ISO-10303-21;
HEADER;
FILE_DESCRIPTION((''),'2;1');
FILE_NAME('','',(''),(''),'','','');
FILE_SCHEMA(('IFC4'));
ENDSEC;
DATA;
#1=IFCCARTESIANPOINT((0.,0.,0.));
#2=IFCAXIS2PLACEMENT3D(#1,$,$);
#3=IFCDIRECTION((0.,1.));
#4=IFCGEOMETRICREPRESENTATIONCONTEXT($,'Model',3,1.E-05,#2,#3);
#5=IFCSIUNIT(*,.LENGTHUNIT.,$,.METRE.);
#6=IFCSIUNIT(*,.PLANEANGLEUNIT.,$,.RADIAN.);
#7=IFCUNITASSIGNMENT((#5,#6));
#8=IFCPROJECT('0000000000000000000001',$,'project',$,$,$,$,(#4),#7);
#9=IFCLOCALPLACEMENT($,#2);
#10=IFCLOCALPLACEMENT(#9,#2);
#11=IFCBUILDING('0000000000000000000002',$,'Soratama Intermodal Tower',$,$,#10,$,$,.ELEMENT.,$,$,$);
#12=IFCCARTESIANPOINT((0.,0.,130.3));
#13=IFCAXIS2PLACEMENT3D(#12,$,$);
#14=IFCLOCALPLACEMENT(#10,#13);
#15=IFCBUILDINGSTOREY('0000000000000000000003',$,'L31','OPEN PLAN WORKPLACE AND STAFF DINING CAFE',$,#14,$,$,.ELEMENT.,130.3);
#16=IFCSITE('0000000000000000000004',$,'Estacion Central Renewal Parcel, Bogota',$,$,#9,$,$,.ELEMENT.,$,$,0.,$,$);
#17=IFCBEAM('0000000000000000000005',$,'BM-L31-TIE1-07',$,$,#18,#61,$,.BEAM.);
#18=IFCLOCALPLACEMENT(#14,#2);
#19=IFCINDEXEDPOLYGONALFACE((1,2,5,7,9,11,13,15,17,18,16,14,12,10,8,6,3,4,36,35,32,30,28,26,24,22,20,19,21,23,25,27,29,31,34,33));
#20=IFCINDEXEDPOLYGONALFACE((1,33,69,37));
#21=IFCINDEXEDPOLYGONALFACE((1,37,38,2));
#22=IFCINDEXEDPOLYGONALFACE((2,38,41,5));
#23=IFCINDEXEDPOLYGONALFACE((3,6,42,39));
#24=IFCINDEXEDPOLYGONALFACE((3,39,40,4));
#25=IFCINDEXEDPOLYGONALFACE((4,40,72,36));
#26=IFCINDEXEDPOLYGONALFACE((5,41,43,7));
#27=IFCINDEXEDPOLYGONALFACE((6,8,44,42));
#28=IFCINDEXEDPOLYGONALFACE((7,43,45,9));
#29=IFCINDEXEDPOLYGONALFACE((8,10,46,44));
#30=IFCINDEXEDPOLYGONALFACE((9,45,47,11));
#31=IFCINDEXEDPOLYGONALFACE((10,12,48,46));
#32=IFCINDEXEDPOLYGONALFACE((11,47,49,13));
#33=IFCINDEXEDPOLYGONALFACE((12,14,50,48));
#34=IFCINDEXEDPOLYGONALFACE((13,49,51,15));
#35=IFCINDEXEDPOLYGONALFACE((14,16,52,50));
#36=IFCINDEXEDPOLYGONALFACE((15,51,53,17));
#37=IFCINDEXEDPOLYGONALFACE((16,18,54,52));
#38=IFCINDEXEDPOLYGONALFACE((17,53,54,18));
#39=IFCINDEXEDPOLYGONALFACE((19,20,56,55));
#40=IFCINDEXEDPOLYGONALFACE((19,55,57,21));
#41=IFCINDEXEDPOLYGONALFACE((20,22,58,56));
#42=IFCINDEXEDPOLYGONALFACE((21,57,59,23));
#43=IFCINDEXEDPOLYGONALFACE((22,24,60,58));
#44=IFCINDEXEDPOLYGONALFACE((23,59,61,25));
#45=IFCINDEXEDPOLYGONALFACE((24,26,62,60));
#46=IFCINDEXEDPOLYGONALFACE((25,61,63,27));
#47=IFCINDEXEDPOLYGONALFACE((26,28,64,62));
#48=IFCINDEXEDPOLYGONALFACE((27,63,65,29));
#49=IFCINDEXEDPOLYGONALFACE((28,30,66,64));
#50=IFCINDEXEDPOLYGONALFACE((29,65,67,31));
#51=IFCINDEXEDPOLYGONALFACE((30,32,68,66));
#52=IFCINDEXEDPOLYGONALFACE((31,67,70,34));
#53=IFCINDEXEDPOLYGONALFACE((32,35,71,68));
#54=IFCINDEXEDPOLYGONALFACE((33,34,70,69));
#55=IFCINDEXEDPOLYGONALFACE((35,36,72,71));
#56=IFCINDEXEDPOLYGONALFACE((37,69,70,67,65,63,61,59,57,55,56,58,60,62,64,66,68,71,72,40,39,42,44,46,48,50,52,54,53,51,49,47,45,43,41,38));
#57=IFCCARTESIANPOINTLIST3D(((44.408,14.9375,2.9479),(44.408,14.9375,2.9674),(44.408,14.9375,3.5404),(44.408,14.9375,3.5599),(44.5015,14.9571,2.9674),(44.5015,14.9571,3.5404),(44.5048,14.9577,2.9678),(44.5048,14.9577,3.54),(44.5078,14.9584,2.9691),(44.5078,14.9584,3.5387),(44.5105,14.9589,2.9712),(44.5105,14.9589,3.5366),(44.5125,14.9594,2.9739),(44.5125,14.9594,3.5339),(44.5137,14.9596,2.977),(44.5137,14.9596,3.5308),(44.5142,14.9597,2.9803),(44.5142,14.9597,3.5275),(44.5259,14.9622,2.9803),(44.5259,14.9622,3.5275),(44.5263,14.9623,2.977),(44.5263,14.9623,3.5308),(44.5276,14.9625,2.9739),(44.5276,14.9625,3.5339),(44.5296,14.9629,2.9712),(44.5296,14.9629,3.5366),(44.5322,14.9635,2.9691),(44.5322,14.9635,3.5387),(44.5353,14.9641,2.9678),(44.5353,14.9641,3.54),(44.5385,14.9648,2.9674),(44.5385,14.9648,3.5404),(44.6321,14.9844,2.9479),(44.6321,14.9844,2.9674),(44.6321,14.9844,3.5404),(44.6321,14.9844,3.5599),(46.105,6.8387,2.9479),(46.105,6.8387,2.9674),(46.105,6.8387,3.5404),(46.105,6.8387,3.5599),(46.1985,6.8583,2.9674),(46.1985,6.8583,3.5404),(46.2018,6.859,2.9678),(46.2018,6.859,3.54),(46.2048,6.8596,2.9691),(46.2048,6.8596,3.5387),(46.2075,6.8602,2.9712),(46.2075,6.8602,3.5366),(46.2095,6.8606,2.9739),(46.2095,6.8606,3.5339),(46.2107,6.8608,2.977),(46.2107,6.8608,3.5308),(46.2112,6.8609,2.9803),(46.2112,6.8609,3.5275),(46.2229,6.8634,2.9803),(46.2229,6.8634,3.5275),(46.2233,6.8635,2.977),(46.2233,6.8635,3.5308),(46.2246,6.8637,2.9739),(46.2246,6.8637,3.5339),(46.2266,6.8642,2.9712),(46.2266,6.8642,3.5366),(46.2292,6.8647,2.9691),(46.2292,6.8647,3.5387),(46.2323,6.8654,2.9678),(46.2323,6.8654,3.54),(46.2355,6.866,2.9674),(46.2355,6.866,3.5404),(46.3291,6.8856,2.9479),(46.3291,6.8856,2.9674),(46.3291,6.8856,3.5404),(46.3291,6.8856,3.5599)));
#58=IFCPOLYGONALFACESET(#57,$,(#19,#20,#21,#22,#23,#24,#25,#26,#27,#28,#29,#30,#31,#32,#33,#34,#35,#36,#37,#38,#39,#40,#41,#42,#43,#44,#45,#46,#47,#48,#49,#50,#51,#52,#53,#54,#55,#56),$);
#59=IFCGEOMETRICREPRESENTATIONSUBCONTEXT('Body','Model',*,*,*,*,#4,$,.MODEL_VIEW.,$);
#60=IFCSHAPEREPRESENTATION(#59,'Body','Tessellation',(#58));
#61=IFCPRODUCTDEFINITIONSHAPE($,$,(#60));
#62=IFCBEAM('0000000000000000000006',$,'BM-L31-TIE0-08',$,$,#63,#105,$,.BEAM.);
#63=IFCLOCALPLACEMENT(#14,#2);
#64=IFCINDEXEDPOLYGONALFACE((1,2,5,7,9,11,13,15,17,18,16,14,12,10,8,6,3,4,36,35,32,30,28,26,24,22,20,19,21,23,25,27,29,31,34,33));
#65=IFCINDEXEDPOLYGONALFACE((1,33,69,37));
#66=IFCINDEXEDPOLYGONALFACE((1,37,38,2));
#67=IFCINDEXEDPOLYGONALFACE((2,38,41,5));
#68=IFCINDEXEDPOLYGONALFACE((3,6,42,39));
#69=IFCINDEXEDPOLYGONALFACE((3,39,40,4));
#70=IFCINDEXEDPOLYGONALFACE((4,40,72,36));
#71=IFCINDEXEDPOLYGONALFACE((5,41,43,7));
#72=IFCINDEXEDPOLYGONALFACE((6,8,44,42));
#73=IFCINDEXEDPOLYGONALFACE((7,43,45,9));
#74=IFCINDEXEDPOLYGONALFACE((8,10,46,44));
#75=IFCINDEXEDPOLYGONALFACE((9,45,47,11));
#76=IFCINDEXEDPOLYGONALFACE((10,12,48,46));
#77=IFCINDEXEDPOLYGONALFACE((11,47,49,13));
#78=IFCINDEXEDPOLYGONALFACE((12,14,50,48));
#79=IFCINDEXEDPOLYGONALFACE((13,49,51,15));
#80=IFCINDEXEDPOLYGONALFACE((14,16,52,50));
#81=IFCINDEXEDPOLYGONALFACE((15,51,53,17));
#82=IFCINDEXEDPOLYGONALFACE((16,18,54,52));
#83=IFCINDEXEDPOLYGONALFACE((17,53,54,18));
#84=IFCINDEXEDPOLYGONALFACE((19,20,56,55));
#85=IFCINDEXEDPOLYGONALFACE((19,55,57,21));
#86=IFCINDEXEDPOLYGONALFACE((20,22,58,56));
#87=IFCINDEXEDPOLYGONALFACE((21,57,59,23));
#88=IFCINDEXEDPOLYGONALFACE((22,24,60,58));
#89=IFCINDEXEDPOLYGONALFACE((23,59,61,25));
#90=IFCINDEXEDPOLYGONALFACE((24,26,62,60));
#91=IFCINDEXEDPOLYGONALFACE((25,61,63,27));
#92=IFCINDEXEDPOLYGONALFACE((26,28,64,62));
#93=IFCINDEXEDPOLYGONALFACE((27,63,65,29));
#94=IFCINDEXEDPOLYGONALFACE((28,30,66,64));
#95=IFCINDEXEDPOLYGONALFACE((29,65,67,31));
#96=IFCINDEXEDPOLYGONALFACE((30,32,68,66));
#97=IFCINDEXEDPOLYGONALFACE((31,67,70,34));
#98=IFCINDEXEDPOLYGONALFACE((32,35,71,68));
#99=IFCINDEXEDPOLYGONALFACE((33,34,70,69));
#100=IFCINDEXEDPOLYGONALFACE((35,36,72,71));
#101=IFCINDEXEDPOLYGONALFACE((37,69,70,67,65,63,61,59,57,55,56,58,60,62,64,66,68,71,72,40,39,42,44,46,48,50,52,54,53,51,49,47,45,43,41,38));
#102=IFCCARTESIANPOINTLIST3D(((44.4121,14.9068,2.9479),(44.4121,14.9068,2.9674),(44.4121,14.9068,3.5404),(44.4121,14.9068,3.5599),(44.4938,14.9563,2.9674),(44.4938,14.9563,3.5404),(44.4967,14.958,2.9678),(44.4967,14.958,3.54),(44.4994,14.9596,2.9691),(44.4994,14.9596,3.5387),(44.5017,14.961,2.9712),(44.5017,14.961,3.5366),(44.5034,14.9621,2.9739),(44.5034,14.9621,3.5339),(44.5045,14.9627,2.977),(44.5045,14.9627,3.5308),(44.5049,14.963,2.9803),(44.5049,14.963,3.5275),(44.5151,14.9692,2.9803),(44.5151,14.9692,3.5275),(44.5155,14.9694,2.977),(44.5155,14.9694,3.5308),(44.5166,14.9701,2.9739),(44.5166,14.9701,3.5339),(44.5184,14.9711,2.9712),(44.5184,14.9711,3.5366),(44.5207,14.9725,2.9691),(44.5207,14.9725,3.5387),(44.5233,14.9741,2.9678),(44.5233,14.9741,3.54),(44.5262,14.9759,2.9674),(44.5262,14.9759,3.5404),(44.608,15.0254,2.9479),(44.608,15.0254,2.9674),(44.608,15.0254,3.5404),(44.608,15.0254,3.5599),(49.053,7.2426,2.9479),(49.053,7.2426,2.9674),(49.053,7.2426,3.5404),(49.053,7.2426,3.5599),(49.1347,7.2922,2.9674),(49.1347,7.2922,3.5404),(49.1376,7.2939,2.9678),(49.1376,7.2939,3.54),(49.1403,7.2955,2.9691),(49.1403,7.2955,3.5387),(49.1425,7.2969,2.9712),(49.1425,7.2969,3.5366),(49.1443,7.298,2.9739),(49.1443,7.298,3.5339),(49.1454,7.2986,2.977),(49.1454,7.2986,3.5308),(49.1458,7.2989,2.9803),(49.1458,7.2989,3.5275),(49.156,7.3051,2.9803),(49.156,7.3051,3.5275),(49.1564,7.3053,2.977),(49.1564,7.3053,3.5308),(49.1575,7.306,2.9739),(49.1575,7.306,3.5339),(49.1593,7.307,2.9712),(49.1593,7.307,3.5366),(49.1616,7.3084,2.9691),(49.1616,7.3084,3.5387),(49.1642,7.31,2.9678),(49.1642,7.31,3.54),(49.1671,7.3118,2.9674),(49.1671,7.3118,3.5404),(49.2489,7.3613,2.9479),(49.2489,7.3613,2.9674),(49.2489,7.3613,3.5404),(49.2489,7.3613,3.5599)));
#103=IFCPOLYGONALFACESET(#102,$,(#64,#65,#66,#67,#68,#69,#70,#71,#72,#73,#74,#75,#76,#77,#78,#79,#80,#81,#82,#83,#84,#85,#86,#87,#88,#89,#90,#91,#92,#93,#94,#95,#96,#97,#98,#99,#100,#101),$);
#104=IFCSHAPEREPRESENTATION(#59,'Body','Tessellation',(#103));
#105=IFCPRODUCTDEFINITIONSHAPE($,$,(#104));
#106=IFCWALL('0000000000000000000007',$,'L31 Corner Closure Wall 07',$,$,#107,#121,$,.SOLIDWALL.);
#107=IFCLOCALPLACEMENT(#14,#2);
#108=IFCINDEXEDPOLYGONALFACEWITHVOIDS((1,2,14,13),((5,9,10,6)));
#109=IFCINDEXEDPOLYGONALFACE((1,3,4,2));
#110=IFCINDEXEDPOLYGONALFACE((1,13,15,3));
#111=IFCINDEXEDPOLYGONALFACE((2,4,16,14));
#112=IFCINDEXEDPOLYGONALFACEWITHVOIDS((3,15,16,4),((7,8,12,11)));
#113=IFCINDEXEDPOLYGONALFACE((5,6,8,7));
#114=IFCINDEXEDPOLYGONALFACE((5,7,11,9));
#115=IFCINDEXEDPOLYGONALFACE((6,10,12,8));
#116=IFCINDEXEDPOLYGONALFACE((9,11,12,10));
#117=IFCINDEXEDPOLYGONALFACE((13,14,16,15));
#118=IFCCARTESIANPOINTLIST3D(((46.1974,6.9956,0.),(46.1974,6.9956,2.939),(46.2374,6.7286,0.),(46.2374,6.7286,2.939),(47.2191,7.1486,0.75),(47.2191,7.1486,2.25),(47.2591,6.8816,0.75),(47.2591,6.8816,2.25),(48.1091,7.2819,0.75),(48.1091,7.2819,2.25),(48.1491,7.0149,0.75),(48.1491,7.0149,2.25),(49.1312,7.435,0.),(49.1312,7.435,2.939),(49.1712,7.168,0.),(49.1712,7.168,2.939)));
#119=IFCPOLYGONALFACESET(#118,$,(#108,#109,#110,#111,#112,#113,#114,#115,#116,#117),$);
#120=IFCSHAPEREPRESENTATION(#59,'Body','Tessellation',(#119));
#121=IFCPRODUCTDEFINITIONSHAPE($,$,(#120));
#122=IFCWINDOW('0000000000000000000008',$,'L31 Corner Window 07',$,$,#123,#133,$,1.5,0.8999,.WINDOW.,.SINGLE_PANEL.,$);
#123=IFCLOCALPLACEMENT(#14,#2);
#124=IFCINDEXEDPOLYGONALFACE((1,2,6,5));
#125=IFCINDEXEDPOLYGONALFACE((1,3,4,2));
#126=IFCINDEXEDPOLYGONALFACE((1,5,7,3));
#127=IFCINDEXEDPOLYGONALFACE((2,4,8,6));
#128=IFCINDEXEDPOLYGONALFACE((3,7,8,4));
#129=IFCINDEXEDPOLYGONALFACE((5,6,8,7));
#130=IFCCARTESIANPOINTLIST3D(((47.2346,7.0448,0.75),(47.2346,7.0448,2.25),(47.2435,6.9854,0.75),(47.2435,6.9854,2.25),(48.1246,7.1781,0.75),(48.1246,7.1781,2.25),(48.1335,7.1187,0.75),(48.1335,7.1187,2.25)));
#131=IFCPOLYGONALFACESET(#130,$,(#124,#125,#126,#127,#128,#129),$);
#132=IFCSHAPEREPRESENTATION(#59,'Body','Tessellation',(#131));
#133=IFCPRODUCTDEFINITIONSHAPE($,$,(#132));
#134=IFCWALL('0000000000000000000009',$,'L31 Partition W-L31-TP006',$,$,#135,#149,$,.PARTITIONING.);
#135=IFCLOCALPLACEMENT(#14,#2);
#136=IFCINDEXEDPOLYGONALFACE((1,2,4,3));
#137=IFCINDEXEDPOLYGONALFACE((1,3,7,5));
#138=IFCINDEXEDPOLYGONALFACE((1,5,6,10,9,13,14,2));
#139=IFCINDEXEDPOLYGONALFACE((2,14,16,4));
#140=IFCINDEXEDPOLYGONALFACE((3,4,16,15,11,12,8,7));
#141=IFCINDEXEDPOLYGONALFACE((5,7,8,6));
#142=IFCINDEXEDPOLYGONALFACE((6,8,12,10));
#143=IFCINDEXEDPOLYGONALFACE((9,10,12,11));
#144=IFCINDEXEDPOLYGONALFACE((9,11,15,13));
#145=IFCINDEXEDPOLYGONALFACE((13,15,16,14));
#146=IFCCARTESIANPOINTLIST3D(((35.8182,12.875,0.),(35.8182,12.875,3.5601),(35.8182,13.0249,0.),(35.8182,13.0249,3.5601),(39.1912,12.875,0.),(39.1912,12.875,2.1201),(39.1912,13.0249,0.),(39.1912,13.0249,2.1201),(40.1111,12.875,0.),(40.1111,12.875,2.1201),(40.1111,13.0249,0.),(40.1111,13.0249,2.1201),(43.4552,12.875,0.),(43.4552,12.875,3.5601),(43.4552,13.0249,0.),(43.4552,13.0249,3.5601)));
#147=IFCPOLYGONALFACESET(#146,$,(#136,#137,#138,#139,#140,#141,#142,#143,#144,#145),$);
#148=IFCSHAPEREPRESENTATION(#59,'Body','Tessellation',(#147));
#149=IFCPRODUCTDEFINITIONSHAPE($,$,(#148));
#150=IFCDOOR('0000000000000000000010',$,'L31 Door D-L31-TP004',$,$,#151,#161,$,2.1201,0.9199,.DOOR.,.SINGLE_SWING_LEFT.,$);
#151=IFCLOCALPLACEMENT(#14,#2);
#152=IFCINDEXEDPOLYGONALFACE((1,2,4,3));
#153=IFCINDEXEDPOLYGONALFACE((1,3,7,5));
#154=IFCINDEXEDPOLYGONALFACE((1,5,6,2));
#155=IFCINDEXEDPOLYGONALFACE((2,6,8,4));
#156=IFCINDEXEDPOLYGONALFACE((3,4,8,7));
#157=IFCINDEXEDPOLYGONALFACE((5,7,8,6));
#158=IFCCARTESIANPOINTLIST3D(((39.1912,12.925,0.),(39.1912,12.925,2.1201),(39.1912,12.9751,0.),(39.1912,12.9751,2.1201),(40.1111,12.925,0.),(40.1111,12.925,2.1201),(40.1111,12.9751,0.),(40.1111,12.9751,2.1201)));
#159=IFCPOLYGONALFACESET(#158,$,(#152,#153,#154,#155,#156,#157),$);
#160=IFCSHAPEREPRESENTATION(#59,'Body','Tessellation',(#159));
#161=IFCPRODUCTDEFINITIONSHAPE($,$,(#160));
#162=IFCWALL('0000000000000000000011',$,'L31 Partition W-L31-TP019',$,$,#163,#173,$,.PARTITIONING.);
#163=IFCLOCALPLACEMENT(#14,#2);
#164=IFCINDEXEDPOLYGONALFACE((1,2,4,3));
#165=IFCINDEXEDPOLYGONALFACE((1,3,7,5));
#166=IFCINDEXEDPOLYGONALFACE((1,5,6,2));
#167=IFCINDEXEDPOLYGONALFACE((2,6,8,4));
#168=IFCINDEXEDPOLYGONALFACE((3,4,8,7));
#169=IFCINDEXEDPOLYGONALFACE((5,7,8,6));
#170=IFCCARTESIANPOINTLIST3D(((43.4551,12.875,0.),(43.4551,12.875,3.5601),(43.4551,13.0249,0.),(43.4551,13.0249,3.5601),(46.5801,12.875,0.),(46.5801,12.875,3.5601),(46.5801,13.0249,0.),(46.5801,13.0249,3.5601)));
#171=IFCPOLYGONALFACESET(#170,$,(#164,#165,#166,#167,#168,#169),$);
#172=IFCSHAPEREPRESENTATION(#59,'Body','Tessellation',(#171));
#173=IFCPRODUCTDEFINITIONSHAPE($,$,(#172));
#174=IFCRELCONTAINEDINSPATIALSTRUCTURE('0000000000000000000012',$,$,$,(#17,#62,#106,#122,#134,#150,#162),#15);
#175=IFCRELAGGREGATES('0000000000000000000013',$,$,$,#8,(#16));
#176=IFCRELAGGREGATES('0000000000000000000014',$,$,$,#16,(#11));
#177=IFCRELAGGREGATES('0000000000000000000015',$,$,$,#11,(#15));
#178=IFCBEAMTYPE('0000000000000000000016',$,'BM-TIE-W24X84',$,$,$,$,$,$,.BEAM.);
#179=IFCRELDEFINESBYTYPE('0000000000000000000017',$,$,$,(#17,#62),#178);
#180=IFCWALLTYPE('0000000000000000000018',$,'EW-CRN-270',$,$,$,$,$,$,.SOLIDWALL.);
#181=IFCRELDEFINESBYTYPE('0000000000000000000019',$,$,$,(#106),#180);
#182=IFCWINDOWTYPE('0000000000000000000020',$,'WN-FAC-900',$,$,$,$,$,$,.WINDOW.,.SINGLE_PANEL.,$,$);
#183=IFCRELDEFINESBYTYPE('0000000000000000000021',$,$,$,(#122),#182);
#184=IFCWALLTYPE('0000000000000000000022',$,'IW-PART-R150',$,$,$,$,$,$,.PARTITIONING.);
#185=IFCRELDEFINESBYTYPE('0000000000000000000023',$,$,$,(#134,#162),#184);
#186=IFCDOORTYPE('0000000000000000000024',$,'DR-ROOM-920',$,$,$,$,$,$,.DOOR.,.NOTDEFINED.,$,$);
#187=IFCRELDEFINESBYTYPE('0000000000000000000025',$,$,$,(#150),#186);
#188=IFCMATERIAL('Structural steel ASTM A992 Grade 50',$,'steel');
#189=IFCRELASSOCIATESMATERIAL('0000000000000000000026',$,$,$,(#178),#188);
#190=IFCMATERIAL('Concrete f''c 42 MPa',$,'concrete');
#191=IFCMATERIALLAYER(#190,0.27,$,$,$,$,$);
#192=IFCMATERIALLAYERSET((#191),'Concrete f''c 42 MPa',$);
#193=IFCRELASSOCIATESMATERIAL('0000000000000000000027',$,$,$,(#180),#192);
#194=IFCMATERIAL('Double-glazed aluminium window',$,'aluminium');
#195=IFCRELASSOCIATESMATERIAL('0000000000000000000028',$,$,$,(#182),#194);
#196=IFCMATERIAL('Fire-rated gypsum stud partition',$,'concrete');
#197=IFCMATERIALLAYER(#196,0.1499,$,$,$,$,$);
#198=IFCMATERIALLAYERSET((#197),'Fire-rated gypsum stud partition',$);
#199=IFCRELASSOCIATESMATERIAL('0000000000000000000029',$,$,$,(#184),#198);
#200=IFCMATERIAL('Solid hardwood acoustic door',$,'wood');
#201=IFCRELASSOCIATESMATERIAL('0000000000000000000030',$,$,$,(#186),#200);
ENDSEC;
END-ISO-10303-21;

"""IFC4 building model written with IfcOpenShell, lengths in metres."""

from ifc_helpers import new_model, si_unit, direction, frame, frame_2d, origin, origin_2d, place, context, subcontext, project, spatial, rectangle, i_section, extrude, material, layer, layer_set, material_profile, profile_set, type_object, element, fill, save


model = new_model("IFC4")

# Units and contexts
model_context = context("Model", 3, precision=1e-05, world=origin(), true_north=direction((0.0, 1.0)))
body_context = subcontext(model_context, "Body", "Model", "MODEL_VIEW")
ifc_project = project(units=[si_unit("LENGTHUNIT", "METRE"), si_unit("PLANEANGLEUNIT", "RADIAN")], contexts=[model_context])

# Site, building, storey
site_placement = place(None, origin())
site = spatial("IfcSite", under=ifc_project, at=site_placement, Name="Estacion Central Renewal Parcel, Bogota", CompositionType="ELEMENT", RefElevation=0.0)
building_placement = place(site_placement, origin())
building = spatial("IfcBuilding", under=site, at=building_placement, Name="Soratama Intermodal Tower", CompositionType="ELEMENT")
storey_placement = place(building_placement, frame((0.0, 0.0, 130.3)))
storey = spatial("IfcBuildingStorey", under=building, at=storey_placement, Name="L31", Description="OPEN PLAN WORKPLACE AND STAFF DINING CAFE", CompositionType="ELEMENT", Elevation=130.3)

# Beams
ifc_material_1 = material(Name="Structural steel ASTM A992 Grade 50", Category="steel")
ifc_material_profile_1 = material_profile(ifc_material_1, i_section(OverallWidth=0.229, OverallDepth=0.6121, WebThickness=0.012, FlangeThickness=0.0195, FilletRadius=0.0129, at=origin_2d()), Name="W24X84")
ifc_profile_set_1 = profile_set([ifc_material_profile_1], Name="Structural steel ASTM A992 Grade 50")
beam_type_1 = type_object("IfcBeamType", Name="BM-TIE-W24X84", PredefinedType="BEAM", material=ifc_profile_set_1)
beam_1_placement = place(storey_placement, frame((44.52, 14.9609, 3.2539), z_axis=(0.205084, -0.978744, 0.0), x_axis=(0.978744, 0.205084, 0.0)))
element("IfcBeam", 1, at=beam_1_placement, inside=storey, type_object=beam_type_1, Name="BM-L31-TIE1-07", PredefinedType="BEAM", context=body_context, shape_type="SweptSolid", body=[
    extrude(i_section(OverallWidth=0.229, OverallDepth=0.6121, WebThickness=0.012, FlangeThickness=0.0195, FilletRadius=0.0129, at=origin_2d()), origin(), (0.0, 0.0, 1.0), 8.2747),
])
beam_2_placement = place(storey_placement, frame((44.51, 14.9661, 3.2539), z_axis=(0.517974, -0.855397, 0.0), x_axis=(0.855397, 0.517974, 0.0)))
element("IfcBeam", 2, at=beam_2_placement, inside=storey, type_object=beam_type_1, Name="BM-L31-TIE0-08", PredefinedType="BEAM", context=body_context, shape_type="SweptSolid", body=[
    extrude(i_section(OverallWidth=0.229, OverallDepth=0.6121, WebThickness=0.012, FlangeThickness=0.0195, FilletRadius=0.0129, at=origin_2d()), origin(), (0.0, 0.0, 1.0), 8.9597),
])

# Wall, opening, window
ifc_material_2 = material(Name="Concrete f'c 42 MPa", Category="concrete")
ifc_layer_1 = layer(ifc_material_2, 0.27)
ifc_layer_set_1 = layer_set([ifc_layer_1], Name="Concrete f'c 42 MPa")
wall_type_1 = type_object("IfcWallType", Name="EW-CRN-270", PredefinedType="SOLIDWALL", material=ifc_layer_set_1)
wall_1_placement = place(storey_placement, frame((46.2173, 6.8621, 0.0), z_axis=(0.0, 0.0, 1.0), x_axis=(0.988967, 0.148135, 0.0)))
wall_1 = element("IfcWall", 3, at=wall_1_placement, inside=storey, type_object=wall_type_1, Name="L31 Corner Closure Wall 07", PredefinedType="SOLIDWALL", context=body_context, shape_type="SweptSolid", body=[
    extrude(rectangle(XDim=2.9666, YDim=0.27, at=frame_2d((1.4834, 0.0))), origin(), (0.0, 0.0, 1.0), 2.939),
])
opening_1_placement = place(wall_1_placement, frame((1.0332, 0.0, 0.75)))
opening_1 = element("IfcOpeningElement", 4, at=opening_1_placement, cuts=wall_1, PredefinedType="OPENING", context=body_context, shape_type="SweptSolid", body=[
    extrude(rectangle(XDim=0.8999, YDim=1.5, at=frame_2d((0.45, 0.75))), frame((0.0, 0.145, 0.0), z_axis=(0.0, -1.0, 0.0), x_axis=(1.0, 0.0, 0.0)), (0.0, 0.0, 1.0), 0.29),
])
ifc_material_3 = material(Name="Double-glazed aluminium window", Category="aluminium")
window_type = type_object("IfcWindowType", Name="WN-FAC-900", PartitioningType="SINGLE_PANEL", PredefinedType="WINDOW", material=ifc_material_3)
window_placement = place(opening_1_placement, origin())
window = element("IfcWindow", 5, at=window_placement, inside=storey, type_object=window_type, Name="L31 Corner Window 07", OverallHeight=1.5, OverallWidth=0.8999, PartitioningType="SINGLE_PANEL", PredefinedType="WINDOW", context=body_context, shape_type="SweptSolid", body=[
    extrude(rectangle(XDim=0.8999, YDim=1.5, at=frame_2d((0.45, 0.75))), frame((0.0, 0.03, 0.0), z_axis=(0.0, -1.0, 0.0), x_axis=(1.0, 0.0, 0.0)), (0.0, 0.0, 1.0), 0.0601),
])
fill(opening_1, window)

# Wall, opening, door
ifc_material_4 = material(Name="Fire-rated gypsum stud partition", Category="concrete")
ifc_layer_2 = layer(ifc_material_4, 0.1499)
ifc_layer_set_2 = layer_set([ifc_layer_2], Name="Fire-rated gypsum stud partition")
wall_type_2 = type_object("IfcWallType", Name="IW-PART-R150", PredefinedType="PARTITIONING", material=ifc_layer_set_2)
wall_2_placement = place(storey_placement, frame((43.4551, 12.95, 0.0), z_axis=(0.0, 0.0, 1.0), x_axis=(-1.0, 0.0, 0.0)))
wall_2 = element("IfcWall", 6, at=wall_2_placement, inside=storey, type_object=wall_type_2, Name="L31 Partition W-L31-TP006", PredefinedType="PARTITIONING", context=body_context, shape_type="SweptSolid", body=[
    extrude(rectangle(XDim=7.637, YDim=0.1499, at=frame_2d((3.8184, 0.0))), origin(), (0.0, 0.0, 1.0), 3.5601),
])
opening_2_placement = place(wall_2_placement, frame((3.344, 0.0, 0.0)))
opening_2 = element("IfcOpeningElement", 7, at=opening_2_placement, cuts=wall_2, PredefinedType="OPENING", context=body_context, shape_type="SweptSolid", body=[
    extrude(rectangle(XDim=0.9199, YDim=2.1201, at=frame_2d((0.46, 1.0601))), frame((0.0, 0.085, 0.0), z_axis=(0.0, -1.0, 0.0), x_axis=(1.0, 0.0, 0.0)), (0.0, 0.0, 1.0), 0.1699),
])
ifc_material_5 = material(Name="Solid hardwood acoustic door", Category="wood")
door_type = type_object("IfcDoorType", Name="DR-ROOM-920", OperationType="NOTDEFINED", PredefinedType="DOOR", material=ifc_material_5)
door_placement = place(opening_2_placement, origin())
door = element("IfcDoor", 8, at=door_placement, inside=storey, type_object=door_type, Name="L31 Door D-L31-TP004", OperationType="SINGLE_SWING_LEFT", OverallHeight=2.1201, OverallWidth=0.9199, PredefinedType="DOOR", context=body_context, shape_type="SweptSolid", body=[
    extrude(rectangle(XDim=0.9199, YDim=2.1201, at=frame_2d((0.46, 1.0601))), frame((0.0, 0.0249, 0.0), z_axis=(0.0, -1.0, 0.0), x_axis=(1.0, 0.0, 0.0)), (0.0, 0.0, 1.0), 0.05),
])
fill(opening_2, door)

# Wall
wall_3_placement = place(storey_placement, frame((46.5801, 12.95, 0.0), z_axis=(0.0, 0.0, 1.0), x_axis=(-1.0, 0.0, 0.0)))
element("IfcWall", 9, at=wall_3_placement, inside=storey, type_object=wall_type_2, Name="L31 Partition W-L31-TP019", PredefinedType="PARTITIONING", context=body_context, shape_type="SweptSolid", body=[
    extrude(rectangle(XDim=3.125, YDim=0.1499, at=frame_2d((1.5625, 0.0))), origin(), (0.0, 0.0, 1.0), 3.5601),
])

save(model, "model.ifc")
